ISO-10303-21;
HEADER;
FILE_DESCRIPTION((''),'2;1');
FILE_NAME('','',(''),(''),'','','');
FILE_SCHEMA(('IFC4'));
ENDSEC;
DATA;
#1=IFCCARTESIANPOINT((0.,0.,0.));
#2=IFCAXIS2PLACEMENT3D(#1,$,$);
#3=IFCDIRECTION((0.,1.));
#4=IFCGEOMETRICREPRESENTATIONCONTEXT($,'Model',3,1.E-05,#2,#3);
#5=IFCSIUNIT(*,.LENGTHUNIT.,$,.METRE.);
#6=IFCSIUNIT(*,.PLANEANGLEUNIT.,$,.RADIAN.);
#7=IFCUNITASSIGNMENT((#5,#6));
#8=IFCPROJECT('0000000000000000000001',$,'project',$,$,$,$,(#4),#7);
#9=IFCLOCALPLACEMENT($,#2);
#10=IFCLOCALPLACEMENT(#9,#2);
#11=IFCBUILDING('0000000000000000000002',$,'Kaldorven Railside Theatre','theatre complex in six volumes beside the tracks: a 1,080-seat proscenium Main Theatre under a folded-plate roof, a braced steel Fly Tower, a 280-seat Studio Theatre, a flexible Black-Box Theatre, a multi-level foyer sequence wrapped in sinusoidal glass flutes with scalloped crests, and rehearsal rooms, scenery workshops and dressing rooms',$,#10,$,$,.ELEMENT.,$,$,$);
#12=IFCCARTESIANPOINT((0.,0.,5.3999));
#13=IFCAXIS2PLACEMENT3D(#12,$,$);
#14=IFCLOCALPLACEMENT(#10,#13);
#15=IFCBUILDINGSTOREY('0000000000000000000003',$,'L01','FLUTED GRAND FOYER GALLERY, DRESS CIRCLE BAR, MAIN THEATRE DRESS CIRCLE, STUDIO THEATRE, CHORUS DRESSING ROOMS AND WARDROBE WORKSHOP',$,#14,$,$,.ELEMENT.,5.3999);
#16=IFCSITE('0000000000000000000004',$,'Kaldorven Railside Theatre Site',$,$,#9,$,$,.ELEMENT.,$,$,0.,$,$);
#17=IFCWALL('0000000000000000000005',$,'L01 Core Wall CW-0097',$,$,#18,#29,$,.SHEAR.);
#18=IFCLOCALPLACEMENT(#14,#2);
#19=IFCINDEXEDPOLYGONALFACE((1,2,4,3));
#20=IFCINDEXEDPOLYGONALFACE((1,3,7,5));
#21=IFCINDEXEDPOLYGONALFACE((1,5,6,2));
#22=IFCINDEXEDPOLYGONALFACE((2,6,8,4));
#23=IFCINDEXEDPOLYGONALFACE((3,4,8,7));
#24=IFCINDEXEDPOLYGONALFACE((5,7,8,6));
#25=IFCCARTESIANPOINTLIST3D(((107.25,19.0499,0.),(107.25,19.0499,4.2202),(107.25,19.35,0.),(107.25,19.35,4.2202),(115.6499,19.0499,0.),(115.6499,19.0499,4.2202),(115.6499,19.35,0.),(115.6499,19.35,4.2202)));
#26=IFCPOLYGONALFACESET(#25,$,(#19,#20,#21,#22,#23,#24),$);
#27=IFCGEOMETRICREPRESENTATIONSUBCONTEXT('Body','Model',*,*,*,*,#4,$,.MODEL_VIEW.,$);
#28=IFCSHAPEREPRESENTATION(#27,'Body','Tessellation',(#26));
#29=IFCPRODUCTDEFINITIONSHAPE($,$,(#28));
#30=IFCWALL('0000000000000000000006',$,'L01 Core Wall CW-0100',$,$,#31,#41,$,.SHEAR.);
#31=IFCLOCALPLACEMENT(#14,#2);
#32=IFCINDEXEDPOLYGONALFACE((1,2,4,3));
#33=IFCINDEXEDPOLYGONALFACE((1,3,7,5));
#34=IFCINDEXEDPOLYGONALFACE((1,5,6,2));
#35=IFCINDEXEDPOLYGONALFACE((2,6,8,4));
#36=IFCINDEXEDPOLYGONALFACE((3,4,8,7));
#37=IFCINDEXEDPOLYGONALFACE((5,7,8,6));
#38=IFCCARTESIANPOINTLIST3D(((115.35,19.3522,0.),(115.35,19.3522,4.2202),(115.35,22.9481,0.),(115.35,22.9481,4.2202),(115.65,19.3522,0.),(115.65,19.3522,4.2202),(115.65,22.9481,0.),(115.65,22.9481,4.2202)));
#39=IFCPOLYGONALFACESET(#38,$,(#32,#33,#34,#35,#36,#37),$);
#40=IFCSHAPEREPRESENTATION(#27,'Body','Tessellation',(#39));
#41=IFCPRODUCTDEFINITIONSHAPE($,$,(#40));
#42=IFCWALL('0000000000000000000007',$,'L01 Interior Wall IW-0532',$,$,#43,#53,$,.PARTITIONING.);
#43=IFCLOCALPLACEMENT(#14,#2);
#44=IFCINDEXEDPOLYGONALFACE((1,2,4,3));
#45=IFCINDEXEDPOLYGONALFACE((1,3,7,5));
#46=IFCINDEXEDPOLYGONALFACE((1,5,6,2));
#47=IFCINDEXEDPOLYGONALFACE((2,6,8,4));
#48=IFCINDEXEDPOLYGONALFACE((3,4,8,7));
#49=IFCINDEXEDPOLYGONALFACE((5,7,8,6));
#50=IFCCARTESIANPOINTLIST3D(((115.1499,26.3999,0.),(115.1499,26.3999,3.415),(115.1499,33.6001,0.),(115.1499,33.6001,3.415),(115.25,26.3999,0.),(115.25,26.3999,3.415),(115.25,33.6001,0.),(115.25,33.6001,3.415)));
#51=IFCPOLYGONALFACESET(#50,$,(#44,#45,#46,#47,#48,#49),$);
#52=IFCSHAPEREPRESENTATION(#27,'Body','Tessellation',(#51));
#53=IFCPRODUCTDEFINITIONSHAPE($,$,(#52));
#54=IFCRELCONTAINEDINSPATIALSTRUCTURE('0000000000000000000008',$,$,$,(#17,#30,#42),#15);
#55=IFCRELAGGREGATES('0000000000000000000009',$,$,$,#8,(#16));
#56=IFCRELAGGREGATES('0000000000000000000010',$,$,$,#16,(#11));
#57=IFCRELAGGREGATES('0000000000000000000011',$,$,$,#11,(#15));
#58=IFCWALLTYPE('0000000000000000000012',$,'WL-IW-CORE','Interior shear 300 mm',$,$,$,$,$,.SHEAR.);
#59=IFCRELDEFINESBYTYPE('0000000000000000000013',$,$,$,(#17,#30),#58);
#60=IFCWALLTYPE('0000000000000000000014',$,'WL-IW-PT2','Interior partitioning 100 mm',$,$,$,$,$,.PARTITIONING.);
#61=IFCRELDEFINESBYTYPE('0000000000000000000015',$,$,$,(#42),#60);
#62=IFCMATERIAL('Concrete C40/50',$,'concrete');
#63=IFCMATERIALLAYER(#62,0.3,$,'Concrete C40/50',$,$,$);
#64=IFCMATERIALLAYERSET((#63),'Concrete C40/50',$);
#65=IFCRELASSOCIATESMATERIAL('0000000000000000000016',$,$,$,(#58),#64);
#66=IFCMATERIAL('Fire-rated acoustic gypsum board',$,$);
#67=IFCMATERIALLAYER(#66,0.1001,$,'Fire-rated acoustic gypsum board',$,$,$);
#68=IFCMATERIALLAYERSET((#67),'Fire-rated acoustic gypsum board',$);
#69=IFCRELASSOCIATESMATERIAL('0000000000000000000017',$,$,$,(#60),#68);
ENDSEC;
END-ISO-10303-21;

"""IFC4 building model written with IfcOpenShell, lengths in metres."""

from ifc_helpers import new_model, si_unit, direction, frame, frame_2d, origin, place, context, subcontext, project, spatial, rectangle, extrude, material, layer, layer_set, type_object, element, save


model = new_model("IFC4")

# Units and contexts
model_context = context("Model", 3, precision=1e-05, world=origin(), true_north=direction((0.0, 1.0)))
body_context = subcontext(model_context, "Body", "Model", "MODEL_VIEW")
ifc_project = project(units=[si_unit("LENGTHUNIT", "METRE"), si_unit("PLANEANGLEUNIT", "RADIAN")], contexts=[model_context])

# Site, building, storey
site_placement = place(None, origin())
site = spatial("IfcSite", under=ifc_project, at=site_placement, Name="Kaldorven Railside Theatre Site", CompositionType="ELEMENT", RefElevation=0.0)
building_placement = place(site_placement, origin())
building = spatial("IfcBuilding", under=site, at=building_placement, Name="Kaldorven Railside Theatre", Description="theatre complex in six volumes beside the tracks: a 1,080-seat proscenium Main Theatre under a folded-plate roof, a braced steel Fly Tower, a 280-seat Studio Theatre, a flexible Black-Box Theatre, a multi-level foyer sequence wrapped in sinusoidal glass flutes with scalloped crests, and rehearsal rooms, scenery workshops and dressing rooms", CompositionType="ELEMENT")
storey_placement = place(building_placement, frame((0.0, 0.0, 5.3999)))
storey = spatial("IfcBuildingStorey", under=building, at=storey_placement, Name="L01", Description="FLUTED GRAND FOYER GALLERY, DRESS CIRCLE BAR, MAIN THEATRE DRESS CIRCLE, STUDIO THEATRE, CHORUS DRESSING ROOMS AND WARDROBE WORKSHOP", CompositionType="ELEMENT", Elevation=5.3999)

# Shared definitions
ifc_material_1 = material(Name="Concrete C40/50", Category="concrete")

# Walls
ifc_layer_1 = layer(ifc_material_1, 0.3, Name="Concrete C40/50")
ifc_layer_set_1 = layer_set([ifc_layer_1], Name="Concrete C40/50")
wall_type_1 = type_object("IfcWallType", Name="WL-IW-CORE", Description="Interior shear 300 mm", PredefinedType="SHEAR", material=ifc_layer_set_1)
wall_1_placement = place(storey_placement, frame((115.6499, 19.2, 0.0), z_axis=(0.0, 0.0, 1.0), x_axis=(-1.0, 0.0, 0.0)))
element("IfcWall", 1, at=wall_1_placement, inside=storey, type_object=wall_type_1, Name="L01 Core Wall CW-0097", PredefinedType="SHEAR", context=body_context, shape_type="SweptSolid", body=[
    extrude(rectangle(XDim=8.3999, YDim=0.3, at=frame_2d((4.2, 0.0))), origin(), (0.0, 0.0, 1.0), 4.2202),
])
wall_2_placement = place(storey_placement, frame((115.5, 22.948, 0.0), z_axis=(0.0, 0.0, 1.0), x_axis=(0.0, -1.0, 0.0)))
element("IfcWall", 2, at=wall_2_placement, inside=storey, type_object=wall_type_1, Name="L01 Core Wall CW-0100", PredefinedType="SHEAR", context=body_context, shape_type="SweptSolid", body=[
    extrude(rectangle(XDim=3.5959, YDim=0.3, at=frame_2d((1.7979, 0.0))), origin(), (0.0, 0.0, 1.0), 4.2202),
])
ifc_material_2 = material(Name="Fire-rated acoustic gypsum board")
ifc_layer_2 = layer(ifc_material_2, 0.1001, Name="Fire-rated acoustic gypsum board")
ifc_layer_set_2 = layer_set([ifc_layer_2], Name="Fire-rated acoustic gypsum board")
wall_type_2 = type_object("IfcWallType", Name="WL-IW-PT2", Description="Interior partitioning 100 mm", PredefinedType="PARTITIONING", material=ifc_layer_set_2)
wall_3_placement = place(storey_placement, frame((115.2, 26.3999, 0.0), z_axis=(0.0, 0.0, 1.0), x_axis=(0.0, 1.0, 0.0)))
element("IfcWall", 3, at=wall_3_placement, inside=storey, type_object=wall_type_2, Name="L01 Interior Wall IW-0532", PredefinedType="PARTITIONING", context=body_context, shape_type="SweptSolid", body=[
    extrude(rectangle(XDim=7.2002, YDim=0.1001, at=frame_2d((3.6001, 0.0))), origin(), (0.0, 0.0, 1.0), 3.415),
])

save(model, "model.ifc")
